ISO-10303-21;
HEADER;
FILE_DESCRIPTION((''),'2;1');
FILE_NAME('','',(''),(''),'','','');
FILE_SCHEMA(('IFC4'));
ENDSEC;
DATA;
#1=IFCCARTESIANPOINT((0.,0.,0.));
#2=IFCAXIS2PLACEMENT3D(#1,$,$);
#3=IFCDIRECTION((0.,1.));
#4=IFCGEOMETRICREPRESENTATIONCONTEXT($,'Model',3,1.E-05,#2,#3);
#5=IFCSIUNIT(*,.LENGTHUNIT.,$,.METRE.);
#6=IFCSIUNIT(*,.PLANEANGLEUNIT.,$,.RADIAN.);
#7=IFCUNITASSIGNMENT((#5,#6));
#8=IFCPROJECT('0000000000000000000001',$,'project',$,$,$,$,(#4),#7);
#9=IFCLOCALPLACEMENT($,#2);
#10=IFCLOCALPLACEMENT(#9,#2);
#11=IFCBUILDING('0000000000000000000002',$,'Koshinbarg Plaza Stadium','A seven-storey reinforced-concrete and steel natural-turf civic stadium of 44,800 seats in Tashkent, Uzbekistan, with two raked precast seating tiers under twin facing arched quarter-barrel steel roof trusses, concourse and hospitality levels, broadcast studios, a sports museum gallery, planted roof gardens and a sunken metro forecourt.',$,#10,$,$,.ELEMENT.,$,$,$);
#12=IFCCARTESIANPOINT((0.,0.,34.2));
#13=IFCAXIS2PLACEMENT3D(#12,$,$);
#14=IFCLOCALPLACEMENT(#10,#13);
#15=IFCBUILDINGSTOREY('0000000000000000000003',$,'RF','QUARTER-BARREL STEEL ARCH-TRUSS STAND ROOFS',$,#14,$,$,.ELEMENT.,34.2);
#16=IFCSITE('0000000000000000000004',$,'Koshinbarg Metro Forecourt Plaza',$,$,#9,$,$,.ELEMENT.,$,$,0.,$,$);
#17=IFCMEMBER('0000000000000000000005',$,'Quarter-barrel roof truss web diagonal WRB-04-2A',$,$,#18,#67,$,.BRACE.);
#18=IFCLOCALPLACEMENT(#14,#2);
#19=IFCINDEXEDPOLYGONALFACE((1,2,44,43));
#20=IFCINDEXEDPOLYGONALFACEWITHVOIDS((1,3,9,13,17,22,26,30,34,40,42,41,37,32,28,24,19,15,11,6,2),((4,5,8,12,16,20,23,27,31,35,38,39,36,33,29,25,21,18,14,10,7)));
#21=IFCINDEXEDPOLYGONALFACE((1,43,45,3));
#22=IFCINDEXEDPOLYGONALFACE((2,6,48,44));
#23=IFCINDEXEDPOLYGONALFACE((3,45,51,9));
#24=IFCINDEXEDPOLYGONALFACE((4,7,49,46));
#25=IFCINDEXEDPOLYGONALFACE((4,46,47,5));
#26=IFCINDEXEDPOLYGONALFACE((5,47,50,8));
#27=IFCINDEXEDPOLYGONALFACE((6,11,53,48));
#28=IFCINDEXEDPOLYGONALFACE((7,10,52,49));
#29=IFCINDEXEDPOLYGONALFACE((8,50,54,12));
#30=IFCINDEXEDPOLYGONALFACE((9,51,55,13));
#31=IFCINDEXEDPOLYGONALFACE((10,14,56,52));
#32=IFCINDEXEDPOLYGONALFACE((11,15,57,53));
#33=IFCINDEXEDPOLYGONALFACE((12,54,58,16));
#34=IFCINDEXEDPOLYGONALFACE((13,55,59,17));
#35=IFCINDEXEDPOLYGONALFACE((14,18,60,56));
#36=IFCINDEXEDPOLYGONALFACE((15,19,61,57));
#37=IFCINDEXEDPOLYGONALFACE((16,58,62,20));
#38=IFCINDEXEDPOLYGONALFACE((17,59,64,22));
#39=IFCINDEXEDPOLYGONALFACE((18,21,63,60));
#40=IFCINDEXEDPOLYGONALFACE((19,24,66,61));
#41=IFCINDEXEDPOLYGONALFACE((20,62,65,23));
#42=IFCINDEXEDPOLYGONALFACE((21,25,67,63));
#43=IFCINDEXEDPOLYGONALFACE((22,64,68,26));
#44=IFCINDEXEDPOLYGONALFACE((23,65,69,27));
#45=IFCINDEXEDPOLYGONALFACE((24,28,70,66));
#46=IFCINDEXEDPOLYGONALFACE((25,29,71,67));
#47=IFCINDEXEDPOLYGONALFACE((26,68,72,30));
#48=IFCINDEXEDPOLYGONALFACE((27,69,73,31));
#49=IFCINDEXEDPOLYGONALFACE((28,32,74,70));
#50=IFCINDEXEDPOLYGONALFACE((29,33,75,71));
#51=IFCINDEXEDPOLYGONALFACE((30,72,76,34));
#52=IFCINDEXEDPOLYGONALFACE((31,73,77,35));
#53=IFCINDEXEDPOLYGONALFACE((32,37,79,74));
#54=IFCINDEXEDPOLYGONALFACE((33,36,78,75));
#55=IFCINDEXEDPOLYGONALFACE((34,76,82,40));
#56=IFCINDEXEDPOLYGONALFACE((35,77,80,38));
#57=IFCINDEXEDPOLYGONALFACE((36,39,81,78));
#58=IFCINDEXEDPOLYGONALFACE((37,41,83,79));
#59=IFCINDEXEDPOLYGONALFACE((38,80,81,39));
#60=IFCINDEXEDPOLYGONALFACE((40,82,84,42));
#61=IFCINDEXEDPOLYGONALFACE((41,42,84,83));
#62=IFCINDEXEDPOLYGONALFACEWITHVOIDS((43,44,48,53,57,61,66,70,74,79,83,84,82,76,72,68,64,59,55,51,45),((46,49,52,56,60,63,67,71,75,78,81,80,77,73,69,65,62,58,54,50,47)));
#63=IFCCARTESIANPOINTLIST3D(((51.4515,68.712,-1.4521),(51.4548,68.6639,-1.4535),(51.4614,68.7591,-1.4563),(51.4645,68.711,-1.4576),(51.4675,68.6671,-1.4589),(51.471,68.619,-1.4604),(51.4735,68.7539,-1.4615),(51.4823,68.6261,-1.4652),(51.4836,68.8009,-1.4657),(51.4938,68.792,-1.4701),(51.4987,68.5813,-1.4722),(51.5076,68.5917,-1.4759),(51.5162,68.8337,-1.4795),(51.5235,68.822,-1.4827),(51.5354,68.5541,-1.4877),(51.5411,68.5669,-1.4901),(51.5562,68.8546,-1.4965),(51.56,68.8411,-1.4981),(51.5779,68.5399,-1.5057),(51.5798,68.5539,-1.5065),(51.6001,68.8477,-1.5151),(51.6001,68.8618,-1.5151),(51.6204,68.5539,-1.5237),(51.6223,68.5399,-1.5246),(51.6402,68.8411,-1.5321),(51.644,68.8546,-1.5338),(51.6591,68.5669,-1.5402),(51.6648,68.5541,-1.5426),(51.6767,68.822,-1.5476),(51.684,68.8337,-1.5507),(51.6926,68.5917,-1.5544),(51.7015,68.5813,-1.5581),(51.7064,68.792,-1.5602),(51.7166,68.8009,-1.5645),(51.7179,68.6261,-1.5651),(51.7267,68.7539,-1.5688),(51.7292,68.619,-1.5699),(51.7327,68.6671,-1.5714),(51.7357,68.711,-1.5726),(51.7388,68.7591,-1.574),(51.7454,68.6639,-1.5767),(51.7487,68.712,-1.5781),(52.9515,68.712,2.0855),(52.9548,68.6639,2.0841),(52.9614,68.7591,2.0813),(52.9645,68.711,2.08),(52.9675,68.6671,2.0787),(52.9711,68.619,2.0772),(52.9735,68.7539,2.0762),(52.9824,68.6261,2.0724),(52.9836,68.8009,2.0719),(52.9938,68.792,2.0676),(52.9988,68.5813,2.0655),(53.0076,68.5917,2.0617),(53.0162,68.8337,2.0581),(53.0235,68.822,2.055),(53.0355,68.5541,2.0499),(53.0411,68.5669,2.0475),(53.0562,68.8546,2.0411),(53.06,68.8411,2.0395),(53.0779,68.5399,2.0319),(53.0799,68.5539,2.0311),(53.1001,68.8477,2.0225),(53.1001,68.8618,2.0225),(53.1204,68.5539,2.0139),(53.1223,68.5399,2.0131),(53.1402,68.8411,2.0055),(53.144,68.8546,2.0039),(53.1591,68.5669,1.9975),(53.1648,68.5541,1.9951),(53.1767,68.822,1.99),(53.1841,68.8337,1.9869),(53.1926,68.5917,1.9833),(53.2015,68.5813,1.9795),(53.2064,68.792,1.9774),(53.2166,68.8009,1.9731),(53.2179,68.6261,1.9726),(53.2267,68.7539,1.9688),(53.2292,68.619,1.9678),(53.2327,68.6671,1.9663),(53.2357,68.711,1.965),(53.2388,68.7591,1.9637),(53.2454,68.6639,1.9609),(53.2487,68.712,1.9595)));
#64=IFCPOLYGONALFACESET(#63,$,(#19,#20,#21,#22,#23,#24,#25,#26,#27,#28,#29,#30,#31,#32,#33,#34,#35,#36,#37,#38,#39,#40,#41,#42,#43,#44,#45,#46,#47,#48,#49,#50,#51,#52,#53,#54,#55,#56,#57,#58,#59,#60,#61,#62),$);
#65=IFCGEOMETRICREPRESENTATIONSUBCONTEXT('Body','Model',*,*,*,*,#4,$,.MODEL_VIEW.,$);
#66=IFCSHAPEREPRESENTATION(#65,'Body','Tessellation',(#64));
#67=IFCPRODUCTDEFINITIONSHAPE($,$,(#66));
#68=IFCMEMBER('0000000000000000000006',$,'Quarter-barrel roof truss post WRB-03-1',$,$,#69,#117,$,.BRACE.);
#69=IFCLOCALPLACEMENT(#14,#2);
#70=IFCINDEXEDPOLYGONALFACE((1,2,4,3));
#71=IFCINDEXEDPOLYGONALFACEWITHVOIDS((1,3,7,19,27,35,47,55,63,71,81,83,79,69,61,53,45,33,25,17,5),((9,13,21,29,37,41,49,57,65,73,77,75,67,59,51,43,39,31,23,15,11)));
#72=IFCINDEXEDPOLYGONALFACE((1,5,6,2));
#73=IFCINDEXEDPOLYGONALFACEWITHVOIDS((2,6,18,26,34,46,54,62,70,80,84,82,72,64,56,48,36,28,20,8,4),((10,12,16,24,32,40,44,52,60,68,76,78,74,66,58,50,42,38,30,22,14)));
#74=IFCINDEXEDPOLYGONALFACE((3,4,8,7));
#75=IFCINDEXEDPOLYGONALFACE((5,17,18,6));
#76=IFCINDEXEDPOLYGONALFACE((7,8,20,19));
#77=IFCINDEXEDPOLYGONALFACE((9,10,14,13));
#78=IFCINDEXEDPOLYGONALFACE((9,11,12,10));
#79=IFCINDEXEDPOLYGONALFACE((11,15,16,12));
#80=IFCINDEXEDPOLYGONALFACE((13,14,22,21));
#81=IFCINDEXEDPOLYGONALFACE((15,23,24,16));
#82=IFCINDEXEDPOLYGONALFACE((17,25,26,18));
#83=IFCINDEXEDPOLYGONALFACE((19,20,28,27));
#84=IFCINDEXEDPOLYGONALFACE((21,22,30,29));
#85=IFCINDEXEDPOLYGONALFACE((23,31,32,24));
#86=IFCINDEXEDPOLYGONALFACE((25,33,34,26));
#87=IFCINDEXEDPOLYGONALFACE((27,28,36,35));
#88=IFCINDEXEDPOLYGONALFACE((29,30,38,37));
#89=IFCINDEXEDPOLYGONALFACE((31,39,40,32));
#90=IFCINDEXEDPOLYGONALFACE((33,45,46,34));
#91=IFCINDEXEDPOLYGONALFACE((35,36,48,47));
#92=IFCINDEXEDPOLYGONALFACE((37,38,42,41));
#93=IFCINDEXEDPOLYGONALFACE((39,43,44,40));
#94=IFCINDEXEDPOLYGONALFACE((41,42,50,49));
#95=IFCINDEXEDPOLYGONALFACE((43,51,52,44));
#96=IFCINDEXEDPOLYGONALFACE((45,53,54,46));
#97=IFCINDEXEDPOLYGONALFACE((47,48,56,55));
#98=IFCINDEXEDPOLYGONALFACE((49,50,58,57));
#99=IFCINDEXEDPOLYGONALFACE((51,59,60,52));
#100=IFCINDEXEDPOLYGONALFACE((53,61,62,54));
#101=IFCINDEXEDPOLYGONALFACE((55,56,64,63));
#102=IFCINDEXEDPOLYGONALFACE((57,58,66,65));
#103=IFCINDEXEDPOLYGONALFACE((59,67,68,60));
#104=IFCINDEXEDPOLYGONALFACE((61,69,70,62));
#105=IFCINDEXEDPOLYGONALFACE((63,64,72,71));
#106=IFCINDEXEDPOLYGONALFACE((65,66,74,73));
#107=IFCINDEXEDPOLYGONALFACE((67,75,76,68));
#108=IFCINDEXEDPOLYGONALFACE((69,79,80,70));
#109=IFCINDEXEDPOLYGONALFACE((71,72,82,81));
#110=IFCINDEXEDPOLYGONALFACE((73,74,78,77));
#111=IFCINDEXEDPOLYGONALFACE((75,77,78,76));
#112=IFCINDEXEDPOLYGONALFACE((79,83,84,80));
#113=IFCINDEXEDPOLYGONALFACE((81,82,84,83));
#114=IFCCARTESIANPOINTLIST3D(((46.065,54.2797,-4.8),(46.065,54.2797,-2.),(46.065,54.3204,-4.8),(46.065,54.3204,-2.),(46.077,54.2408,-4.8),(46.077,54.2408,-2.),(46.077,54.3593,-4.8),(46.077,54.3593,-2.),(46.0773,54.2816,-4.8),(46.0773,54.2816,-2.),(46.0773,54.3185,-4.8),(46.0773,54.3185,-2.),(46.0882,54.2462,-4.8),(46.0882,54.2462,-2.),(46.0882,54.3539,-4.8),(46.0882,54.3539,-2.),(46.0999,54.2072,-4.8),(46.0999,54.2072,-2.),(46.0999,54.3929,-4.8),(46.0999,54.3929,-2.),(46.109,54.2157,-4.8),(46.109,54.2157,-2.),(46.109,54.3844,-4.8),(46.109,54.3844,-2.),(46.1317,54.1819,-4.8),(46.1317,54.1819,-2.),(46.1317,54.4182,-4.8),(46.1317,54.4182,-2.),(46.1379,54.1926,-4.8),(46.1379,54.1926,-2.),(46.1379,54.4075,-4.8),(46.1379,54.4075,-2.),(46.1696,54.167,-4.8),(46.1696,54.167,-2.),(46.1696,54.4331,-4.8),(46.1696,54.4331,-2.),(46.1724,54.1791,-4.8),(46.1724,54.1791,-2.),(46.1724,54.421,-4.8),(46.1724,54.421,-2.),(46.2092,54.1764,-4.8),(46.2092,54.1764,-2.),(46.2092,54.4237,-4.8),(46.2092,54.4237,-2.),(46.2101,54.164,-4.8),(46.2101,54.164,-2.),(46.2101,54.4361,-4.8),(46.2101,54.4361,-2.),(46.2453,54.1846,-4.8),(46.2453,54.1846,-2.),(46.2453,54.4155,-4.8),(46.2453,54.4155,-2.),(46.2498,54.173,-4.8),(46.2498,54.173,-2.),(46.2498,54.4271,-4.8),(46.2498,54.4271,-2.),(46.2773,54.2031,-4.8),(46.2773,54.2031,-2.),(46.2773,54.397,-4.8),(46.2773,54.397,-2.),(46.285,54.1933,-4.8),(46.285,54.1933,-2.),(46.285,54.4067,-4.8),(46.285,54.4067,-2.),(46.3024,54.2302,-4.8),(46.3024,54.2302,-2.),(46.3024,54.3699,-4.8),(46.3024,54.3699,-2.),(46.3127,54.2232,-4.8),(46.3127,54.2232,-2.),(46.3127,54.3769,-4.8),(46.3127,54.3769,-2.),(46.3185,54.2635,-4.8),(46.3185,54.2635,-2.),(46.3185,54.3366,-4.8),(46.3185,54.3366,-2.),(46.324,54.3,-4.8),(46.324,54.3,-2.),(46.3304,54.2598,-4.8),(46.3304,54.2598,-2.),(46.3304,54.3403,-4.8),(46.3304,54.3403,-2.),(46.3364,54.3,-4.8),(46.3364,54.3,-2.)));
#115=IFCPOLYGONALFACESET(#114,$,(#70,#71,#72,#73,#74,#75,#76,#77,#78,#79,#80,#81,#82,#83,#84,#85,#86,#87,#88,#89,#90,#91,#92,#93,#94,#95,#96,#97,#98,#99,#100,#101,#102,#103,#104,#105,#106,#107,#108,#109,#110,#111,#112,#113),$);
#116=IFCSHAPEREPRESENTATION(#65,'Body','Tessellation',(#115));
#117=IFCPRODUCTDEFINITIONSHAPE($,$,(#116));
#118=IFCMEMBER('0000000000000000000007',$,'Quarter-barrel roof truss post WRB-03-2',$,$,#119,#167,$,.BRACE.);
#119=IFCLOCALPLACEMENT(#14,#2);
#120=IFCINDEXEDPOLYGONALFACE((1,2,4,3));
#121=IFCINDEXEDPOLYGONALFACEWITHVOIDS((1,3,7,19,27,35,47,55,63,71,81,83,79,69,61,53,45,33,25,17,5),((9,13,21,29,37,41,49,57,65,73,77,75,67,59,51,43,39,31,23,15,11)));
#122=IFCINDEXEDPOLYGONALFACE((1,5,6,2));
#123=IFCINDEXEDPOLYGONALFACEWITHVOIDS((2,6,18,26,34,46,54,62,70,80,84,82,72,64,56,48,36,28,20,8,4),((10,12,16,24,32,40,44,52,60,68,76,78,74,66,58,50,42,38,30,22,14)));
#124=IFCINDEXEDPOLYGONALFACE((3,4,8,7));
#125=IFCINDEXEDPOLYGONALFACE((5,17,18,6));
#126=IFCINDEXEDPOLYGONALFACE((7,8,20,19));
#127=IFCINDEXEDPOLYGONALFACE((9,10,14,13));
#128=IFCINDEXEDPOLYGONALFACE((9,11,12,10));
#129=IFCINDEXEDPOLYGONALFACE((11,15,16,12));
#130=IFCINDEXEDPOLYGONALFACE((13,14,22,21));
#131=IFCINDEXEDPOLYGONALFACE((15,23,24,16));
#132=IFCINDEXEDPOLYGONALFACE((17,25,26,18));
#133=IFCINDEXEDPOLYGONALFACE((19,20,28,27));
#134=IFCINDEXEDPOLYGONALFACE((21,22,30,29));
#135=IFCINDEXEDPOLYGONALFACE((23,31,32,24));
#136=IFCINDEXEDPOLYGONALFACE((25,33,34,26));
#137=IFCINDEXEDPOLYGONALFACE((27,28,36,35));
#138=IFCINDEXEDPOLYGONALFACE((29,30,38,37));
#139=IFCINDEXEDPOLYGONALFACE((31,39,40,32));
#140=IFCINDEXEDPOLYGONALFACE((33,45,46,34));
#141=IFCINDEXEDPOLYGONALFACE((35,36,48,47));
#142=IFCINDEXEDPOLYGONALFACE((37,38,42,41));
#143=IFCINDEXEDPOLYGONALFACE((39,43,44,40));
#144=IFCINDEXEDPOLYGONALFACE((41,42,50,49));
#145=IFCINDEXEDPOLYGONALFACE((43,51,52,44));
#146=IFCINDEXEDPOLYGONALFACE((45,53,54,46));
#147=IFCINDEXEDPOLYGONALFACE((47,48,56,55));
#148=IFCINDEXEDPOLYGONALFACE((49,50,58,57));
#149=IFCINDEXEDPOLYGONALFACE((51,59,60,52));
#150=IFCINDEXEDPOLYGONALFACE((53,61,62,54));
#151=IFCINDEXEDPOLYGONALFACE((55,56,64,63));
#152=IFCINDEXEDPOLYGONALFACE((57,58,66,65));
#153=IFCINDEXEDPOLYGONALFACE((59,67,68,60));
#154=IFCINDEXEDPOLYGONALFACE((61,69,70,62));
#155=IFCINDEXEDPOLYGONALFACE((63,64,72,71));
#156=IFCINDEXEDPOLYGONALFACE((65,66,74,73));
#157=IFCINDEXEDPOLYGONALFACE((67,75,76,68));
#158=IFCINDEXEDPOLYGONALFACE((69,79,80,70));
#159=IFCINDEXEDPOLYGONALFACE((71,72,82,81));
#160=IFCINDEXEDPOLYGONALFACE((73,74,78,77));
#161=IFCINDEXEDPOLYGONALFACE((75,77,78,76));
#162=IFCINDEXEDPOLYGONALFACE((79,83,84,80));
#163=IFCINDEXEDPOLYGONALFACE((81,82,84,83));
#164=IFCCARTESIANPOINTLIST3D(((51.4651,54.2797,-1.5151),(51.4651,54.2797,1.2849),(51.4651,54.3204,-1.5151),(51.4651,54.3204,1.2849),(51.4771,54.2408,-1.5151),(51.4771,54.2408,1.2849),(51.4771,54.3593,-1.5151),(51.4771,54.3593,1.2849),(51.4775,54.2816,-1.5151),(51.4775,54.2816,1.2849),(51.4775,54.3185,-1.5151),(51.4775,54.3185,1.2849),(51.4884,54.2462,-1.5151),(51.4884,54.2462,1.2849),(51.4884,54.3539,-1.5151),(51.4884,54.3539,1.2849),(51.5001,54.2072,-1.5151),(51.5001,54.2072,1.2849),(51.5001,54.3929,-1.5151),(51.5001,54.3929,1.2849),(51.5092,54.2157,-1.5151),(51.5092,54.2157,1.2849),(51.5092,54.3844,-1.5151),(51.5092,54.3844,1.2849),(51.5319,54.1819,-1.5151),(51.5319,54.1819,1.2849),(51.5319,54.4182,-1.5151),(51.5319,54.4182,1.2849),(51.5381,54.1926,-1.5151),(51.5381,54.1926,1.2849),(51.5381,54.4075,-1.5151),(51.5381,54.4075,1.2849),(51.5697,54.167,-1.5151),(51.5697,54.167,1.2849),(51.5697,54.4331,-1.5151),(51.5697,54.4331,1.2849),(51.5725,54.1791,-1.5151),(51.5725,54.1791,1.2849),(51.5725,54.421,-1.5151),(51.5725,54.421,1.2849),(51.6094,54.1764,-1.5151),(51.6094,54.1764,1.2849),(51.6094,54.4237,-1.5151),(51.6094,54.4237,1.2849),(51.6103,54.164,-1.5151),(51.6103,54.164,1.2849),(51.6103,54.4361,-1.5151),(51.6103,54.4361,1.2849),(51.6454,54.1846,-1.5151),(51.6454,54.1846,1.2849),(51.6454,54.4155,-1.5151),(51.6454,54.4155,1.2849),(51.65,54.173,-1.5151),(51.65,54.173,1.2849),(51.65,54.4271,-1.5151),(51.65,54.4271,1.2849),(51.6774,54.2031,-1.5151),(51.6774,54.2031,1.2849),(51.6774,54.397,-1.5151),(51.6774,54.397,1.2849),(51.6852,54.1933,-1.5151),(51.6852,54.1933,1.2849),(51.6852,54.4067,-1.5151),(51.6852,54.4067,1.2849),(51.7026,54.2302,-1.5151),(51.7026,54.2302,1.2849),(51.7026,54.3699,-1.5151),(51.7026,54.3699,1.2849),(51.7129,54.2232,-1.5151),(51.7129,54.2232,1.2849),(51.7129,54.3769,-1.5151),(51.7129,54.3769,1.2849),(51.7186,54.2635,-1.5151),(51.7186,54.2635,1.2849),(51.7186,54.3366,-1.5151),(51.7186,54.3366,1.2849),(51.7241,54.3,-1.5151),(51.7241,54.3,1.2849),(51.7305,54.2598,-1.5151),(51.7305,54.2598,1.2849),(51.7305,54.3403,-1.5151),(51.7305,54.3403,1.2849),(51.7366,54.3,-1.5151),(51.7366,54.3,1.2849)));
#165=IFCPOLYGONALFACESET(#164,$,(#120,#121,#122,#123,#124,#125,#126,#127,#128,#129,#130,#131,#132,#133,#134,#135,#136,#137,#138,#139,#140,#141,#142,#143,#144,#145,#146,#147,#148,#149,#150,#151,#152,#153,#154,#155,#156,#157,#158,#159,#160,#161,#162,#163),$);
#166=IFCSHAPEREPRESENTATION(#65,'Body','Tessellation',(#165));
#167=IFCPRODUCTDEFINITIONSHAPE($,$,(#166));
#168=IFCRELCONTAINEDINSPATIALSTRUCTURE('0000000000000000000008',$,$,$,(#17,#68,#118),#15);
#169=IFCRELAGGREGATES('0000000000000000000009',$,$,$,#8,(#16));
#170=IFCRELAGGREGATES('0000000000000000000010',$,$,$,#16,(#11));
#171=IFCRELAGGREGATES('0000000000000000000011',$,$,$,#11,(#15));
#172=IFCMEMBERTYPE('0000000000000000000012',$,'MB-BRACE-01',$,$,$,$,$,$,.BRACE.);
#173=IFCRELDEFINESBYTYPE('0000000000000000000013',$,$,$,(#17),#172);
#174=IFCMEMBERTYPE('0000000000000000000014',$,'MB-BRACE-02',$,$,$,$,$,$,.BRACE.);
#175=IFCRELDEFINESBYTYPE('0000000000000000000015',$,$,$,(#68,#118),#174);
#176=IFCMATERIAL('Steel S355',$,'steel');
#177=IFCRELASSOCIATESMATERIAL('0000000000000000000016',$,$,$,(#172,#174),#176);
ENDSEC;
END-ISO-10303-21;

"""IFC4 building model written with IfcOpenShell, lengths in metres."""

from ifc_helpers import new_model, si_unit, direction, frame, origin, origin_2d, place, context, subcontext, project, spatial, hollow_circle, extrude, material, material_profile, profile_set, type_object, element, save


model = new_model("IFC4")

# Units and contexts
model_context = context("Model", 3, precision=1e-05, world=origin(), true_north=direction((0.0, 1.0)))
body_context = subcontext(model_context, "Body", "Model", "MODEL_VIEW")
ifc_project = project(units=[si_unit("LENGTHUNIT", "METRE"), si_unit("PLANEANGLEUNIT", "RADIAN")], contexts=[model_context])

# Site, building, storey
site_placement = place(None, origin())
site = spatial("IfcSite", under=ifc_project, at=site_placement, Name="Koshinbarg Metro Forecourt Plaza", CompositionType="ELEMENT", RefElevation=0.0)
building_placement = place(site_placement, origin())
building = spatial("IfcBuilding", under=site, at=building_placement, Name="Koshinbarg Plaza Stadium", Description="A seven-storey reinforced-concrete and steel natural-turf civic stadium of 44,800 seats in Tashkent, Uzbekistan, with two raked precast seating tiers under twin facing arched quarter-barrel steel roof trusses, concourse and hospitality levels, broadcast studios, a sports museum gallery, planted roof gardens and a sunken metro forecourt.", CompositionType="ELEMENT")
storey_placement = place(building_placement, frame((0.0, 0.0, 34.2)))
storey = spatial("IfcBuildingStorey", under=building, at=storey_placement, Name="RF", Description="QUARTER-BARREL STEEL ARCH-TRUSS STAND ROOFS", CompositionType="ELEMENT", Elevation=34.2)

# Shared definitions
ifc_material_1 = material(Name="Steel S355", Category="steel")

# Members
ifc_material_profile_1 = material_profile(ifc_material_1, hollow_circle(Radius=0.1619, WallThickness=0.0142, at=origin_2d()), Name="CHS 323.9x14.2")
ifc_profile_set_1 = profile_set([ifc_material_profile_1], Name="Steel S355")
member_type_1 = type_object("IfcMemberType", Name="MB-BRACE-01", PredefinedType="BRACE", material=ifc_profile_set_1)
member_1_placement = place(storey_placement, frame((51.6001, 68.7, -1.5151), z_axis=(0.390374, 0.0, 0.920657), x_axis=(0.0, 1.0, 0.0)))
element("IfcMember", 1, at=member_1_placement, inside=storey, type_object=member_type_1, Name="Quarter-barrel roof truss web diagonal WRB-04-2A", PredefinedType="BRACE", context=body_context, shape_type="SweptSolid", body=[
    extrude(hollow_circle(Radius=0.1619, WallThickness=0.0142, at=origin_2d()), origin(), (0.0, 0.0, 1.0), 3.8425),
])
ifc_material_profile_2 = material_profile(ifc_material_1, hollow_circle(Radius=0.1365, WallThickness=0.0125, at=origin_2d()), Name="CHS 273x12.5")
ifc_profile_set_2 = profile_set([ifc_material_profile_2], Name="Steel S355")
member_type_2 = type_object("IfcMemberType", Name="MB-BRACE-02", PredefinedType="BRACE", material=ifc_profile_set_2)
for number, where, z_axis, x_axis, name in (
    (2, (46.2, 54.3, -4.8), (0.0, 0.0, 1.0), (1.0, 0.0, 0.0), "Quarter-barrel roof truss post WRB-03-1"),
    (3, (51.6001, 54.3, -1.5151), (0.0, 0.0, 1.0), (1.0, 0.0, 0.0), "Quarter-barrel roof truss post WRB-03-2"),
):
    element("IfcMember", number, at=place(storey_placement, frame(where, z_axis=z_axis, x_axis=x_axis)), inside=storey, type_object=member_type_2, Name=name, PredefinedType="BRACE", context=body_context, shape_type="SweptSolid", body=[
        extrude(hollow_circle(Radius=0.1365, WallThickness=0.0125, at=origin_2d()), origin(), (0.0, 0.0, 1.0), 2.8),
    ])

save(model, "model.ifc")
